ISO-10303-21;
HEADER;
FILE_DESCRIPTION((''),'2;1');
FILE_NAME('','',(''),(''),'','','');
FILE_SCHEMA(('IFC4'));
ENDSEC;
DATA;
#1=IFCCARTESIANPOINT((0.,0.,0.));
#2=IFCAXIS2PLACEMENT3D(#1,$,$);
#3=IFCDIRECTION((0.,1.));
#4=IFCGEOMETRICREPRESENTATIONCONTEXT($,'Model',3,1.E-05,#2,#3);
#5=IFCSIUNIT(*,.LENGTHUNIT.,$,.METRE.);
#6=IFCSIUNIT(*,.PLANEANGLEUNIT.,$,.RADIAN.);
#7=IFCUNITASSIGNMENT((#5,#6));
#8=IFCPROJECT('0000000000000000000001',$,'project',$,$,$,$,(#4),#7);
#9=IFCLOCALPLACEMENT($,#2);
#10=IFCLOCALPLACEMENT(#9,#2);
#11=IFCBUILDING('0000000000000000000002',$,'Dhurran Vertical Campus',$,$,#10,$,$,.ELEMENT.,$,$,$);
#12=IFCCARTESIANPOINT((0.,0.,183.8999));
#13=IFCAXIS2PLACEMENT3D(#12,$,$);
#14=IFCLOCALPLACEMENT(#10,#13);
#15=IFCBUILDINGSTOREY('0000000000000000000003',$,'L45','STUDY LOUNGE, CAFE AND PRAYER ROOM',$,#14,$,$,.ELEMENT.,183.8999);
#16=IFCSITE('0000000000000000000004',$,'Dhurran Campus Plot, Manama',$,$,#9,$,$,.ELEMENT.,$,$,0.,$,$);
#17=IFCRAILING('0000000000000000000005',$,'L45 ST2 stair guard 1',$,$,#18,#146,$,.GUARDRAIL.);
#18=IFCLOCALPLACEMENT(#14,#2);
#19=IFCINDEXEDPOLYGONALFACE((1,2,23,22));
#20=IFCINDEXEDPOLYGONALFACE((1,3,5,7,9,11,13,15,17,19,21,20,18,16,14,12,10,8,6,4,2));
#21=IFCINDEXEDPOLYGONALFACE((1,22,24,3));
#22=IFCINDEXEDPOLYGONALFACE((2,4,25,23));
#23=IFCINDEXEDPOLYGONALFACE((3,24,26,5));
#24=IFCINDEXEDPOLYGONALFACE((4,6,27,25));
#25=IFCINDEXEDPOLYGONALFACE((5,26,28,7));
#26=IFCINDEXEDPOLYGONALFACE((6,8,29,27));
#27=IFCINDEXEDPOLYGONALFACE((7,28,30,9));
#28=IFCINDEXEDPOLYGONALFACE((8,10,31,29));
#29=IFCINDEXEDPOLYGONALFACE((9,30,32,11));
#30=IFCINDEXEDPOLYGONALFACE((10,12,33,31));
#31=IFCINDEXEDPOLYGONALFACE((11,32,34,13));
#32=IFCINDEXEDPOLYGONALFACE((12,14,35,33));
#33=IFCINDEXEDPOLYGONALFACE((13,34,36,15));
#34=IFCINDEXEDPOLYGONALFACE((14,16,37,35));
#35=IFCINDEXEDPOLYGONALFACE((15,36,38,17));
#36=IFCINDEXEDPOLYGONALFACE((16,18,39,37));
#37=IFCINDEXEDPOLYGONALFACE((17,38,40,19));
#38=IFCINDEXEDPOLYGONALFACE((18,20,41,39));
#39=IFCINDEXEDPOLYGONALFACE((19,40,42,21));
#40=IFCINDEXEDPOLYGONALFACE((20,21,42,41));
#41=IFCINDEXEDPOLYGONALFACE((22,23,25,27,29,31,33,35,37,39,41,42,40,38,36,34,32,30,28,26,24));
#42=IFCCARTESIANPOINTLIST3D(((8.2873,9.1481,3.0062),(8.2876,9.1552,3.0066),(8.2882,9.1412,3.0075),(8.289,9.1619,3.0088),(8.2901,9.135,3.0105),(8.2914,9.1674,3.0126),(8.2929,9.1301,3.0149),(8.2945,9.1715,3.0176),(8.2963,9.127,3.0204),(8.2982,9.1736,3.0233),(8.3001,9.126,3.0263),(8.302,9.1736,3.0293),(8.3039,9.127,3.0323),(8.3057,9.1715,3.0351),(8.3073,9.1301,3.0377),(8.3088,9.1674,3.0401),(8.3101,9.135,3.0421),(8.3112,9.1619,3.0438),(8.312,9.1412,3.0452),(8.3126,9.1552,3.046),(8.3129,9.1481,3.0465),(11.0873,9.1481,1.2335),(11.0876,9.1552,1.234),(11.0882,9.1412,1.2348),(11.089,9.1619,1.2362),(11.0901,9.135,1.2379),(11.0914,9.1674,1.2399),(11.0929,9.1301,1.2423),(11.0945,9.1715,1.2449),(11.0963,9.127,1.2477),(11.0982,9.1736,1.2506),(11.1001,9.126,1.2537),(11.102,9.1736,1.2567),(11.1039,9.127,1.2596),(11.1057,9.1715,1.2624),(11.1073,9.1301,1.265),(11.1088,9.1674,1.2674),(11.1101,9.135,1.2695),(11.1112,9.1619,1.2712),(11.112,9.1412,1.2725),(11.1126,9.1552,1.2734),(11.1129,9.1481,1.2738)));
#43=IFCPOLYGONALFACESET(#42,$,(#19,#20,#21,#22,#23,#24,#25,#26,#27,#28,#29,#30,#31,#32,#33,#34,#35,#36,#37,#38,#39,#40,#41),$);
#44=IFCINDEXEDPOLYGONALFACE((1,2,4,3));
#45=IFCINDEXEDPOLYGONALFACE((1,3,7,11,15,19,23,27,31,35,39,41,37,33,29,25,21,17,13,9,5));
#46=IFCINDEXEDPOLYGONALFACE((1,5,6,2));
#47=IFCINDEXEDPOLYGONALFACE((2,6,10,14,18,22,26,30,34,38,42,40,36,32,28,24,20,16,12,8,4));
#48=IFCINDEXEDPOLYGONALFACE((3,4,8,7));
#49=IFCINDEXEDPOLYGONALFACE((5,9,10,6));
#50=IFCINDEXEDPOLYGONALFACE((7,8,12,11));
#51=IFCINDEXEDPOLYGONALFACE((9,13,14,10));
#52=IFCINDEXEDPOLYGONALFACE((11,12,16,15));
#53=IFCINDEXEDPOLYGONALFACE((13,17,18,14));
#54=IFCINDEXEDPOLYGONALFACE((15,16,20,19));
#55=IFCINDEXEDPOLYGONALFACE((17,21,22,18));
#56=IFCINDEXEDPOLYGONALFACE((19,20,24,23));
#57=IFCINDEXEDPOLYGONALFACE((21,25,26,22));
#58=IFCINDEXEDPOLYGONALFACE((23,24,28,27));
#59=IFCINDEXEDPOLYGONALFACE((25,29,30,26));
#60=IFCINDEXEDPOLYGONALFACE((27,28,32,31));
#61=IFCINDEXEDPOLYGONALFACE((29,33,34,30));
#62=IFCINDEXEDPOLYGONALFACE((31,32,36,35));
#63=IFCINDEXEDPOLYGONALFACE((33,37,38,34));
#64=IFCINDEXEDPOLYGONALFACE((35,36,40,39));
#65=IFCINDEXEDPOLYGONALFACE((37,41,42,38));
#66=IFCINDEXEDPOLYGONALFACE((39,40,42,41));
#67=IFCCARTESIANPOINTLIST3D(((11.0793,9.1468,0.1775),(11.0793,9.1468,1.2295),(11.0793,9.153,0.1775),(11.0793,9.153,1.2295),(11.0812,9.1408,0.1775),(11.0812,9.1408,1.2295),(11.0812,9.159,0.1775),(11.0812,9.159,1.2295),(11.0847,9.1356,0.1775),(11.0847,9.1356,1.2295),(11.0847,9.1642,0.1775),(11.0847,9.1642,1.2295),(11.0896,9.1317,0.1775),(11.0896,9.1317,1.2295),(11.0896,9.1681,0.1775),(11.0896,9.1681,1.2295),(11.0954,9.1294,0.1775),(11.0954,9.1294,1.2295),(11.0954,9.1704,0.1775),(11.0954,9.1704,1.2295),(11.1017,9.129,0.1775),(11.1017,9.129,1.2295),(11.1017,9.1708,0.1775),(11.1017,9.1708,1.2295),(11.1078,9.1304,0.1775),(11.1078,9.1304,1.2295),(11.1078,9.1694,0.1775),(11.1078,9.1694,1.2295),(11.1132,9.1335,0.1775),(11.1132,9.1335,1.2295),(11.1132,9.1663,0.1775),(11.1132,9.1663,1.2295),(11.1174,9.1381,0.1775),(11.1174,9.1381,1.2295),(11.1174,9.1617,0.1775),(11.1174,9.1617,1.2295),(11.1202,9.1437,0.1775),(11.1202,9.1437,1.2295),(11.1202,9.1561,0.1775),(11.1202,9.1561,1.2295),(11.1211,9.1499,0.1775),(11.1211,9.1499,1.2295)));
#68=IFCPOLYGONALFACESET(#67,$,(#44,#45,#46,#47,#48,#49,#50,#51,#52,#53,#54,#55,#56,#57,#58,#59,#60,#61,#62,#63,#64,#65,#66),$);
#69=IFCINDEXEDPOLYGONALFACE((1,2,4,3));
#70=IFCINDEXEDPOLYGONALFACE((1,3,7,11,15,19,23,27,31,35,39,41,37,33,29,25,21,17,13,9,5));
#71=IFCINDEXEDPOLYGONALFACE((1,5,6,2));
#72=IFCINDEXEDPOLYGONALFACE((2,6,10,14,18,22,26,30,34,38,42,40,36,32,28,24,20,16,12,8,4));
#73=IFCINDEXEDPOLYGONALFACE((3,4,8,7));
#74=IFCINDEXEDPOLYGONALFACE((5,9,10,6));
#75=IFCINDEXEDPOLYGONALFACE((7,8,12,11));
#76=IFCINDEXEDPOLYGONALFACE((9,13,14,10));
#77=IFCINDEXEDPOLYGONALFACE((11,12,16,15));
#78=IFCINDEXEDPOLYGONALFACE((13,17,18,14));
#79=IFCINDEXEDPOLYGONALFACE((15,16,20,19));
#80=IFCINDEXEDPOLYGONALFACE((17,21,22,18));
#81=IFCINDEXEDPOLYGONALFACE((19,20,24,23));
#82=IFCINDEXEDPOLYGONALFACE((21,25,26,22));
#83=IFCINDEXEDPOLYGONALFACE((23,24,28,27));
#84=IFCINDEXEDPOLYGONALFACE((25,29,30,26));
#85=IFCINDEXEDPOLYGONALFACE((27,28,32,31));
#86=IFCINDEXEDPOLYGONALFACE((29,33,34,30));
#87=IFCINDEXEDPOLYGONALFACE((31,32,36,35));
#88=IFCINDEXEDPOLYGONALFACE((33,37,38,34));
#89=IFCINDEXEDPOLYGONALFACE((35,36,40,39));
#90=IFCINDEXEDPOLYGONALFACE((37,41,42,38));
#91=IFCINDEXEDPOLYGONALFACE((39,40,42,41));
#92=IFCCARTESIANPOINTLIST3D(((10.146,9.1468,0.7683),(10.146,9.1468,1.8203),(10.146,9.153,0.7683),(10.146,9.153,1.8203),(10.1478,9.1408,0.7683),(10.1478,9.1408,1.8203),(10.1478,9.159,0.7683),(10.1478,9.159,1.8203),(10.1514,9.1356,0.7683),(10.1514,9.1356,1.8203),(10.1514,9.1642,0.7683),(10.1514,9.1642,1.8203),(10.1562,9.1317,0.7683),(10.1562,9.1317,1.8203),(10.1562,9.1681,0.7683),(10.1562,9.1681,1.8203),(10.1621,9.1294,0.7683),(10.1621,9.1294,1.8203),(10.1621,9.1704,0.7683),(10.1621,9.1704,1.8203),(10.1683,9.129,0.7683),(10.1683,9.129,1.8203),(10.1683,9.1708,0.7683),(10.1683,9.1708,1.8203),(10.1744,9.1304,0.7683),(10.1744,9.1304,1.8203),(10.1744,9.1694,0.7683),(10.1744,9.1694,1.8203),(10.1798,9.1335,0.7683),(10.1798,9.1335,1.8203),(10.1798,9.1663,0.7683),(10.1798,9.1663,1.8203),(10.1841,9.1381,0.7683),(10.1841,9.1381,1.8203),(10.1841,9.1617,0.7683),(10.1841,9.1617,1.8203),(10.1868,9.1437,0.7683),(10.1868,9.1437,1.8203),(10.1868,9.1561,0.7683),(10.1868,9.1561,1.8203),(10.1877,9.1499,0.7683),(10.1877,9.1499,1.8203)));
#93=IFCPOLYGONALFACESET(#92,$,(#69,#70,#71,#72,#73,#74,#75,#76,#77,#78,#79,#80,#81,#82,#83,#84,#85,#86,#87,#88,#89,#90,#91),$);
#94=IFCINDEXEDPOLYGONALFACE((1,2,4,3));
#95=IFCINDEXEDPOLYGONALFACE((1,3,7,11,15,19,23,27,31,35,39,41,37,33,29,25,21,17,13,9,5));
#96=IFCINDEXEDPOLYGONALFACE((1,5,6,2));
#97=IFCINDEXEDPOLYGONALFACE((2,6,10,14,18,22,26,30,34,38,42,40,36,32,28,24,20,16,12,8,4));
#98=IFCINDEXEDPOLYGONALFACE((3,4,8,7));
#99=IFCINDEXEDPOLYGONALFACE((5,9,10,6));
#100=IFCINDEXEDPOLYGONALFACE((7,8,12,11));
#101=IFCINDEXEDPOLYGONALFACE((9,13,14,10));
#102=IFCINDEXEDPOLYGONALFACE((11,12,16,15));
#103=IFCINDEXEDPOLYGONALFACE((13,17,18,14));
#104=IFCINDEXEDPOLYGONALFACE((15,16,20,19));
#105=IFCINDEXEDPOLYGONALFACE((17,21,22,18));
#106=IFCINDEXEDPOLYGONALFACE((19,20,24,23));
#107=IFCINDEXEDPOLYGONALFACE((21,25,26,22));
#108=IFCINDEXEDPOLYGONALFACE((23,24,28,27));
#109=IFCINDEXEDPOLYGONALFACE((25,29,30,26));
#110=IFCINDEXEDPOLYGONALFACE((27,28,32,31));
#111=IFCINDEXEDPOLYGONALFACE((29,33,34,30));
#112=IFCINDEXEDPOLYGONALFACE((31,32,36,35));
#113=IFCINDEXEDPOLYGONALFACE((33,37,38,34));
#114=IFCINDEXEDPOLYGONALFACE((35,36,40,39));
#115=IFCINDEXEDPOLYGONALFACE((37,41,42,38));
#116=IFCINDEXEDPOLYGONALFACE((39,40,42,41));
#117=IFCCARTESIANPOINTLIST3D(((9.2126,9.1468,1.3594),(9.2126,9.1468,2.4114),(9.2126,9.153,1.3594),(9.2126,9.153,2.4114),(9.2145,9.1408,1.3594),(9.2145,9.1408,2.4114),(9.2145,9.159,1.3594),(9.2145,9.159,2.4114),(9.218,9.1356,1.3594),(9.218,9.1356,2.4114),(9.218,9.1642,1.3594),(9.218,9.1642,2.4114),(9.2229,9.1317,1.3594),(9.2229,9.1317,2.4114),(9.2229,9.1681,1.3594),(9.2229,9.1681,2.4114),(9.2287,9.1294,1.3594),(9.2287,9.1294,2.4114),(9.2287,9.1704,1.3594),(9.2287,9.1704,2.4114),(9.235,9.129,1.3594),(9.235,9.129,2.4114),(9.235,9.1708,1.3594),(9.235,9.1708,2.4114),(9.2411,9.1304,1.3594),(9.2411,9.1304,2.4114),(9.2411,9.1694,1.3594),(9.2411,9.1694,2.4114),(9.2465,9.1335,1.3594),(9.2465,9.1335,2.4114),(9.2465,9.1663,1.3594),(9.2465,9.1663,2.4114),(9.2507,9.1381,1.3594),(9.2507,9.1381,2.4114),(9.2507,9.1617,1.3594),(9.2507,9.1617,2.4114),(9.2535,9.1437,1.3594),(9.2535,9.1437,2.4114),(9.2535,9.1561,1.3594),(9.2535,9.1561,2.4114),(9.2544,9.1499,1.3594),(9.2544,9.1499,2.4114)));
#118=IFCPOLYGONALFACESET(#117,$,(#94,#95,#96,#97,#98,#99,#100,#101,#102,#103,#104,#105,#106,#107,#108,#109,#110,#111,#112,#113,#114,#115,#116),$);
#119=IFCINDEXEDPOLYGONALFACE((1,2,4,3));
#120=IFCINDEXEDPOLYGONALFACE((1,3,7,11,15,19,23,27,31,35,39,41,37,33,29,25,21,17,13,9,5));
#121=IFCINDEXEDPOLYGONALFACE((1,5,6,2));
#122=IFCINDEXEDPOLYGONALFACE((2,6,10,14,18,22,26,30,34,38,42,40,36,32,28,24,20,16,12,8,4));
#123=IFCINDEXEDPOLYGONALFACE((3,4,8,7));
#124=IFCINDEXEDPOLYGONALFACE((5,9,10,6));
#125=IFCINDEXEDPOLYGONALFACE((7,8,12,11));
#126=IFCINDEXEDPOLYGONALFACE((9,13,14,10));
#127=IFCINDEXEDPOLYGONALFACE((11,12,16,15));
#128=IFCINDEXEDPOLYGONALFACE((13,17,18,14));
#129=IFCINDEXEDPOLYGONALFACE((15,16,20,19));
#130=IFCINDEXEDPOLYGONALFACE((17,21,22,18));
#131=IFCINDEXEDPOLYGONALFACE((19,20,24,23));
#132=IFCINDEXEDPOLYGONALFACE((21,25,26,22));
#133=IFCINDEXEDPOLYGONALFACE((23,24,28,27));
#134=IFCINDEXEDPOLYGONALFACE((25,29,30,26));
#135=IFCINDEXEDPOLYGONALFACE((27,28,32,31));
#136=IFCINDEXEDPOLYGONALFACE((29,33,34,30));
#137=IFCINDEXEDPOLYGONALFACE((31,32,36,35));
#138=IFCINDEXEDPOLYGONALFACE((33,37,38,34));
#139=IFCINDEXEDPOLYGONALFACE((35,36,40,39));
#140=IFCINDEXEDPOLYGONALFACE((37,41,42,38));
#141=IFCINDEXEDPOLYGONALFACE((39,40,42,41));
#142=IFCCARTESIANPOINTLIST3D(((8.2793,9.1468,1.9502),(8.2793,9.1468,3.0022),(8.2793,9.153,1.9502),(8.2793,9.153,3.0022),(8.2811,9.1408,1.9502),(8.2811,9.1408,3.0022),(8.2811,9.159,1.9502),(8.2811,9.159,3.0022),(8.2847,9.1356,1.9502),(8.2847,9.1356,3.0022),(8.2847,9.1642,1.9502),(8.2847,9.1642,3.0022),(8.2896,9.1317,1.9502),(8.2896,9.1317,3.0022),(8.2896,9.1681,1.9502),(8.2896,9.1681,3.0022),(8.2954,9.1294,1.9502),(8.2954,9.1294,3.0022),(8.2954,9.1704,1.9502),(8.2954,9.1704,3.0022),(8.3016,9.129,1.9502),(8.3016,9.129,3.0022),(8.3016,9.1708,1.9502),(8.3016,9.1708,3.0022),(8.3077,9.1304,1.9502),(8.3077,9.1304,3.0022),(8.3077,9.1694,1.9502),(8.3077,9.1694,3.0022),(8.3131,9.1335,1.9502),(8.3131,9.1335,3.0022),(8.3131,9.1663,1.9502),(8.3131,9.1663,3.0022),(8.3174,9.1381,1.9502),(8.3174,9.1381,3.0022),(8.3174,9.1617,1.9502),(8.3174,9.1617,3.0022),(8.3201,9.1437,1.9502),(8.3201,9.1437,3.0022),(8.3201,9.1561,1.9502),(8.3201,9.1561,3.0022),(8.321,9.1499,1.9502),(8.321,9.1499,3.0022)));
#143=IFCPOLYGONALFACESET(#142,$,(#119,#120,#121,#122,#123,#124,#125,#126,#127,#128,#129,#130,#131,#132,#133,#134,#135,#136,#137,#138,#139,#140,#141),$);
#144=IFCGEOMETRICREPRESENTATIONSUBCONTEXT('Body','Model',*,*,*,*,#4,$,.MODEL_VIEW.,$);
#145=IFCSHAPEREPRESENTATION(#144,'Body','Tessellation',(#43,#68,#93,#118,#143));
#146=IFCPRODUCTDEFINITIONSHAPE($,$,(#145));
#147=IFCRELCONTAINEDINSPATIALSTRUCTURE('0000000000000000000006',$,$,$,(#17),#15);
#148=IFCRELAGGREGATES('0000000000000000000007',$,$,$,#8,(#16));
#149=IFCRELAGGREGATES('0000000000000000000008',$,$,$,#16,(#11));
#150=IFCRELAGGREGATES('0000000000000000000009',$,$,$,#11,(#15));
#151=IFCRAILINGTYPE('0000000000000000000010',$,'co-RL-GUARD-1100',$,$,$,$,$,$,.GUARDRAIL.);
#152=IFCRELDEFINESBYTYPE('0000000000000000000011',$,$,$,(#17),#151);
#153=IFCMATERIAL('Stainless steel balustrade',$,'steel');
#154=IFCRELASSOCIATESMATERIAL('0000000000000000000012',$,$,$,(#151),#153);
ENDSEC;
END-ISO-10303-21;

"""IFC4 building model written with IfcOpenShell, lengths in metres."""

from ifc_helpers import new_model, si_unit, direction, frame, origin, origin_2d, place, context, subcontext, project, spatial, circle, extrude, material, type_object, element, save


model = new_model("IFC4")

# Units and contexts
model_context = context("Model", 3, precision=1e-05, world=origin(), true_north=direction((0.0, 1.0)))
body_context = subcontext(model_context, "Body", "Model", "MODEL_VIEW")
ifc_project = project(units=[si_unit("LENGTHUNIT", "METRE"), si_unit("PLANEANGLEUNIT", "RADIAN")], contexts=[model_context])

# Site, building, storey
site_placement = place(None, origin())
site = spatial("IfcSite", under=ifc_project, at=site_placement, Name="Dhurran Campus Plot, Manama", CompositionType="ELEMENT", RefElevation=0.0)
building_placement = place(site_placement, origin())
building = spatial("IfcBuilding", under=site, at=building_placement, Name="Dhurran Vertical Campus", CompositionType="ELEMENT")
storey_placement = place(building_placement, frame((0.0, 0.0, 183.8999)))
storey = spatial("IfcBuildingStorey", under=building, at=storey_placement, Name="L45", Description="STUDY LOUNGE, CAFE AND PRAYER ROOM", CompositionType="ELEMENT", Elevation=183.8999)

# Railing
ifc_material_1 = material(Name="Stainless steel balustrade", Category="steel")
railing_type_1 = type_object("IfcRailingType", Name="co-RL-GUARD-1100", PredefinedType="GUARDRAIL", material=ifc_material_1)
railing_1_placement = place(storey_placement, frame((11.1001, 9.1499, 0.1775)))
element("IfcRailing", 1, at=railing_1_placement, inside=storey, type_object=railing_type_1, Name="L45 ST2 stair guard 1", PredefinedType="GUARDRAIL", context=body_context, shape_type="SweptSolid", body=[
    extrude(circle(Radius=0.0239, at=origin_2d()), frame((0.0, 0.0, 1.0762), z_axis=(-0.844909, 0.0, 0.53491), x_axis=(0.0, -1.0, 0.0)), (0.0, 0.0, 1.0), 3.314),
    extrude(circle(Radius=0.021, at=origin_2d()), origin(), (0.0, 0.0, 1.0), 1.052),
    extrude(circle(Radius=0.021, at=origin_2d()), frame((-0.9333, 0.0, 0.5908)), (0.0, 0.0, 1.0), 1.052),
    extrude(circle(Radius=0.021, at=origin_2d()), frame((-1.8667, 0.0, 1.1819)), (0.0, 0.0, 1.0), 1.052),
    extrude(circle(Radius=0.021, at=origin_2d()), frame((-2.8, 0.0, 1.7727)), (0.0, 0.0, 1.0), 1.052),
])

save(model, "model.ifc")
